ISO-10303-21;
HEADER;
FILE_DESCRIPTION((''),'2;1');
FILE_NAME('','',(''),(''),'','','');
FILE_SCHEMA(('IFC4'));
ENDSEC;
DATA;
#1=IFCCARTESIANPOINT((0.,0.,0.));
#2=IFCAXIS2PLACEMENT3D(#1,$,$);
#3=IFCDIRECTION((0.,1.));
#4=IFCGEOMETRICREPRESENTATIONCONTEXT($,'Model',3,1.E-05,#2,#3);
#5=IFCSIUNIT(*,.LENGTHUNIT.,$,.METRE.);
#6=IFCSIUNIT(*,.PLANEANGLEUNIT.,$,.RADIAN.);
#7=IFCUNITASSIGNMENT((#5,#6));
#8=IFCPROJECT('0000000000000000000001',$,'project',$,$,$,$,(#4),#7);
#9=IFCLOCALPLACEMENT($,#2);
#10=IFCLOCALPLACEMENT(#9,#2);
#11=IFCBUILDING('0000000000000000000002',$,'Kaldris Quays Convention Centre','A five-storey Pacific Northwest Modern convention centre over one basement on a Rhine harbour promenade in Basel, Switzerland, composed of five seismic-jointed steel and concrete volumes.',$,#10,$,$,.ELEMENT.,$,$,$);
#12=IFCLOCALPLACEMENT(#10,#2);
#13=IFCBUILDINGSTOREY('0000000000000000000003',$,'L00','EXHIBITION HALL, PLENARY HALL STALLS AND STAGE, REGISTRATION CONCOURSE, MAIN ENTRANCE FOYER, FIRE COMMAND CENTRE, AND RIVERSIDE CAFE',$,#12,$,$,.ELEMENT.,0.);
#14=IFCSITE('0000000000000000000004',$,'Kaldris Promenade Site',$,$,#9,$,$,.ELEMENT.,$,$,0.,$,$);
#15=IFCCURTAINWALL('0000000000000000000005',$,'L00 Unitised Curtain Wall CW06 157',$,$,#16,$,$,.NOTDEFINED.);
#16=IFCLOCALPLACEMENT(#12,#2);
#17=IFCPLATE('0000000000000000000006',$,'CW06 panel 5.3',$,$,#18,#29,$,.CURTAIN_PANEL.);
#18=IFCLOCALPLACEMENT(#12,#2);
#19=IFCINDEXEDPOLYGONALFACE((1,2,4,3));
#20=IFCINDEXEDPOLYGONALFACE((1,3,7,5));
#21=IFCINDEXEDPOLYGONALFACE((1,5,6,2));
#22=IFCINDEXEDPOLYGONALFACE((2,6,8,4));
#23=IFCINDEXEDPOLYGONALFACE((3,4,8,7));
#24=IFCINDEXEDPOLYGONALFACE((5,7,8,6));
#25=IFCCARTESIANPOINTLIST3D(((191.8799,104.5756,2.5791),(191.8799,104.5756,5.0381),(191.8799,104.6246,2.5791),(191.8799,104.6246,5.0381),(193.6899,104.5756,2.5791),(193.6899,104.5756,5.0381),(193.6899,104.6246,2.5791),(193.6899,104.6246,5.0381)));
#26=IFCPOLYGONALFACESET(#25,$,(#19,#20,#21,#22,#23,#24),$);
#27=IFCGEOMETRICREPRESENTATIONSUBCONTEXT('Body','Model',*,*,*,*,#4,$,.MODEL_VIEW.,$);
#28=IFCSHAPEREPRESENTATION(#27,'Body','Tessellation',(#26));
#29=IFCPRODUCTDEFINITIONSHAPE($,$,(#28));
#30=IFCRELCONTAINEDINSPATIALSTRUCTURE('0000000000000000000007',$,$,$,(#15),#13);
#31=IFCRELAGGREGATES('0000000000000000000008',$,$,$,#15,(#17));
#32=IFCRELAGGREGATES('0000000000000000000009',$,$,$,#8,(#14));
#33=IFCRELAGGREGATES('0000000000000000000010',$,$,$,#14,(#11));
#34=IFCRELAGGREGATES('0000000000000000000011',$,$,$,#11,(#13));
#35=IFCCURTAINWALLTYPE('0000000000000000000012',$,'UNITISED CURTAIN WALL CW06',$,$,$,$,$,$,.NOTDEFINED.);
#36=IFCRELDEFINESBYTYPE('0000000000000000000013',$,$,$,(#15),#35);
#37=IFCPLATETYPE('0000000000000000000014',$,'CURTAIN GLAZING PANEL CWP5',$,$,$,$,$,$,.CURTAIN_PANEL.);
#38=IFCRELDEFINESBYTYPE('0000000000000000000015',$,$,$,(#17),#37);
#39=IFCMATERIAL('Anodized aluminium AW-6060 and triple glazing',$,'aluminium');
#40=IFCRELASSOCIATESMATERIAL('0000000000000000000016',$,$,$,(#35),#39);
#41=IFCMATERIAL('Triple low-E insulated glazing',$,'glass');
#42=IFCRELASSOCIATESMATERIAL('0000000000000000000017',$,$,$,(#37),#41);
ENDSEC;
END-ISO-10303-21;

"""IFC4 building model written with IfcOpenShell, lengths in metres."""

from ifc_helpers import new_model, si_unit, direction, frame, origin, origin_2d, place, context, subcontext, project, spatial, rectangle, extrude, material, type_object, element, aggregate, save


model = new_model("IFC4")

# Units and contexts
model_context = context("Model", 3, precision=1e-05, world=origin(), true_north=direction((0.0, 1.0)))
body_context = subcontext(model_context, "Body", "Model", "MODEL_VIEW")
ifc_project = project(units=[si_unit("LENGTHUNIT", "METRE"), si_unit("PLANEANGLEUNIT", "RADIAN")], contexts=[model_context])

# Site, building, storey
site_placement = place(None, origin())
site = spatial("IfcSite", under=ifc_project, at=site_placement, Name="Kaldris Promenade Site", CompositionType="ELEMENT", RefElevation=0.0)
building_placement = place(site_placement, origin())
building = spatial("IfcBuilding", under=site, at=building_placement, Name="Kaldris Quays Convention Centre", Description="A five-storey Pacific Northwest Modern convention centre over one basement on a Rhine harbour promenade in Basel, Switzerland, composed of five seismic-jointed steel and concrete volumes.", CompositionType="ELEMENT")
storey_placement = place(building_placement, origin())
storey = spatial("IfcBuildingStorey", under=building, at=storey_placement, Name="L00", Description="EXHIBITION HALL, PLENARY HALL STALLS AND STAGE, REGISTRATION CONCOURSE, MAIN ENTRANCE FOYER, FIRE COMMAND CENTRE, AND RIVERSIDE CAFE", CompositionType="ELEMENT", Elevation=0.0)

# Curtain wall
ifc_material_1 = material(Name="Anodized aluminium AW-6060 and triple glazing", Category="aluminium")
curtain_wall_type = type_object("IfcCurtainWallType", Name="UNITISED CURTAIN WALL CW06", PredefinedType="NOTDEFINED", material=ifc_material_1)
curtain_wall_placement = place(storey_placement, origin())
curtain_wall = element("IfcCurtainWall", 1, at=curtain_wall_placement, inside=storey, type_object=curtain_wall_type, Name="L00 Unitised Curtain Wall CW06 157", PredefinedType="NOTDEFINED")

# Plate
ifc_material_2 = material(Name="Triple low-E insulated glazing", Category="glass")
plate_type = type_object("IfcPlateType", Name="CURTAIN GLAZING PANEL CWP5", PredefinedType="CURTAIN_PANEL", material=ifc_material_2)
plate_1_placement = place(storey_placement, frame((192.7849, 104.6001, 2.5791), z_axis=(0.0, 0.0, 1.0), x_axis=(1.0, 0.0, 0.0)))
plate_1 = element("IfcPlate", 2, at=plate_1_placement, type_object=plate_type, Name="CW06 panel 5.3", PredefinedType="CURTAIN_PANEL", context=body_context, shape_type="SweptSolid", body=[
    extrude(rectangle(XDim=1.8101, YDim=0.0491, at=origin_2d()), origin(), (0.0, 0.0, 1.0), 2.459),
])
aggregate(curtain_wall, [plate_1])

save(model, "model.ifc")
